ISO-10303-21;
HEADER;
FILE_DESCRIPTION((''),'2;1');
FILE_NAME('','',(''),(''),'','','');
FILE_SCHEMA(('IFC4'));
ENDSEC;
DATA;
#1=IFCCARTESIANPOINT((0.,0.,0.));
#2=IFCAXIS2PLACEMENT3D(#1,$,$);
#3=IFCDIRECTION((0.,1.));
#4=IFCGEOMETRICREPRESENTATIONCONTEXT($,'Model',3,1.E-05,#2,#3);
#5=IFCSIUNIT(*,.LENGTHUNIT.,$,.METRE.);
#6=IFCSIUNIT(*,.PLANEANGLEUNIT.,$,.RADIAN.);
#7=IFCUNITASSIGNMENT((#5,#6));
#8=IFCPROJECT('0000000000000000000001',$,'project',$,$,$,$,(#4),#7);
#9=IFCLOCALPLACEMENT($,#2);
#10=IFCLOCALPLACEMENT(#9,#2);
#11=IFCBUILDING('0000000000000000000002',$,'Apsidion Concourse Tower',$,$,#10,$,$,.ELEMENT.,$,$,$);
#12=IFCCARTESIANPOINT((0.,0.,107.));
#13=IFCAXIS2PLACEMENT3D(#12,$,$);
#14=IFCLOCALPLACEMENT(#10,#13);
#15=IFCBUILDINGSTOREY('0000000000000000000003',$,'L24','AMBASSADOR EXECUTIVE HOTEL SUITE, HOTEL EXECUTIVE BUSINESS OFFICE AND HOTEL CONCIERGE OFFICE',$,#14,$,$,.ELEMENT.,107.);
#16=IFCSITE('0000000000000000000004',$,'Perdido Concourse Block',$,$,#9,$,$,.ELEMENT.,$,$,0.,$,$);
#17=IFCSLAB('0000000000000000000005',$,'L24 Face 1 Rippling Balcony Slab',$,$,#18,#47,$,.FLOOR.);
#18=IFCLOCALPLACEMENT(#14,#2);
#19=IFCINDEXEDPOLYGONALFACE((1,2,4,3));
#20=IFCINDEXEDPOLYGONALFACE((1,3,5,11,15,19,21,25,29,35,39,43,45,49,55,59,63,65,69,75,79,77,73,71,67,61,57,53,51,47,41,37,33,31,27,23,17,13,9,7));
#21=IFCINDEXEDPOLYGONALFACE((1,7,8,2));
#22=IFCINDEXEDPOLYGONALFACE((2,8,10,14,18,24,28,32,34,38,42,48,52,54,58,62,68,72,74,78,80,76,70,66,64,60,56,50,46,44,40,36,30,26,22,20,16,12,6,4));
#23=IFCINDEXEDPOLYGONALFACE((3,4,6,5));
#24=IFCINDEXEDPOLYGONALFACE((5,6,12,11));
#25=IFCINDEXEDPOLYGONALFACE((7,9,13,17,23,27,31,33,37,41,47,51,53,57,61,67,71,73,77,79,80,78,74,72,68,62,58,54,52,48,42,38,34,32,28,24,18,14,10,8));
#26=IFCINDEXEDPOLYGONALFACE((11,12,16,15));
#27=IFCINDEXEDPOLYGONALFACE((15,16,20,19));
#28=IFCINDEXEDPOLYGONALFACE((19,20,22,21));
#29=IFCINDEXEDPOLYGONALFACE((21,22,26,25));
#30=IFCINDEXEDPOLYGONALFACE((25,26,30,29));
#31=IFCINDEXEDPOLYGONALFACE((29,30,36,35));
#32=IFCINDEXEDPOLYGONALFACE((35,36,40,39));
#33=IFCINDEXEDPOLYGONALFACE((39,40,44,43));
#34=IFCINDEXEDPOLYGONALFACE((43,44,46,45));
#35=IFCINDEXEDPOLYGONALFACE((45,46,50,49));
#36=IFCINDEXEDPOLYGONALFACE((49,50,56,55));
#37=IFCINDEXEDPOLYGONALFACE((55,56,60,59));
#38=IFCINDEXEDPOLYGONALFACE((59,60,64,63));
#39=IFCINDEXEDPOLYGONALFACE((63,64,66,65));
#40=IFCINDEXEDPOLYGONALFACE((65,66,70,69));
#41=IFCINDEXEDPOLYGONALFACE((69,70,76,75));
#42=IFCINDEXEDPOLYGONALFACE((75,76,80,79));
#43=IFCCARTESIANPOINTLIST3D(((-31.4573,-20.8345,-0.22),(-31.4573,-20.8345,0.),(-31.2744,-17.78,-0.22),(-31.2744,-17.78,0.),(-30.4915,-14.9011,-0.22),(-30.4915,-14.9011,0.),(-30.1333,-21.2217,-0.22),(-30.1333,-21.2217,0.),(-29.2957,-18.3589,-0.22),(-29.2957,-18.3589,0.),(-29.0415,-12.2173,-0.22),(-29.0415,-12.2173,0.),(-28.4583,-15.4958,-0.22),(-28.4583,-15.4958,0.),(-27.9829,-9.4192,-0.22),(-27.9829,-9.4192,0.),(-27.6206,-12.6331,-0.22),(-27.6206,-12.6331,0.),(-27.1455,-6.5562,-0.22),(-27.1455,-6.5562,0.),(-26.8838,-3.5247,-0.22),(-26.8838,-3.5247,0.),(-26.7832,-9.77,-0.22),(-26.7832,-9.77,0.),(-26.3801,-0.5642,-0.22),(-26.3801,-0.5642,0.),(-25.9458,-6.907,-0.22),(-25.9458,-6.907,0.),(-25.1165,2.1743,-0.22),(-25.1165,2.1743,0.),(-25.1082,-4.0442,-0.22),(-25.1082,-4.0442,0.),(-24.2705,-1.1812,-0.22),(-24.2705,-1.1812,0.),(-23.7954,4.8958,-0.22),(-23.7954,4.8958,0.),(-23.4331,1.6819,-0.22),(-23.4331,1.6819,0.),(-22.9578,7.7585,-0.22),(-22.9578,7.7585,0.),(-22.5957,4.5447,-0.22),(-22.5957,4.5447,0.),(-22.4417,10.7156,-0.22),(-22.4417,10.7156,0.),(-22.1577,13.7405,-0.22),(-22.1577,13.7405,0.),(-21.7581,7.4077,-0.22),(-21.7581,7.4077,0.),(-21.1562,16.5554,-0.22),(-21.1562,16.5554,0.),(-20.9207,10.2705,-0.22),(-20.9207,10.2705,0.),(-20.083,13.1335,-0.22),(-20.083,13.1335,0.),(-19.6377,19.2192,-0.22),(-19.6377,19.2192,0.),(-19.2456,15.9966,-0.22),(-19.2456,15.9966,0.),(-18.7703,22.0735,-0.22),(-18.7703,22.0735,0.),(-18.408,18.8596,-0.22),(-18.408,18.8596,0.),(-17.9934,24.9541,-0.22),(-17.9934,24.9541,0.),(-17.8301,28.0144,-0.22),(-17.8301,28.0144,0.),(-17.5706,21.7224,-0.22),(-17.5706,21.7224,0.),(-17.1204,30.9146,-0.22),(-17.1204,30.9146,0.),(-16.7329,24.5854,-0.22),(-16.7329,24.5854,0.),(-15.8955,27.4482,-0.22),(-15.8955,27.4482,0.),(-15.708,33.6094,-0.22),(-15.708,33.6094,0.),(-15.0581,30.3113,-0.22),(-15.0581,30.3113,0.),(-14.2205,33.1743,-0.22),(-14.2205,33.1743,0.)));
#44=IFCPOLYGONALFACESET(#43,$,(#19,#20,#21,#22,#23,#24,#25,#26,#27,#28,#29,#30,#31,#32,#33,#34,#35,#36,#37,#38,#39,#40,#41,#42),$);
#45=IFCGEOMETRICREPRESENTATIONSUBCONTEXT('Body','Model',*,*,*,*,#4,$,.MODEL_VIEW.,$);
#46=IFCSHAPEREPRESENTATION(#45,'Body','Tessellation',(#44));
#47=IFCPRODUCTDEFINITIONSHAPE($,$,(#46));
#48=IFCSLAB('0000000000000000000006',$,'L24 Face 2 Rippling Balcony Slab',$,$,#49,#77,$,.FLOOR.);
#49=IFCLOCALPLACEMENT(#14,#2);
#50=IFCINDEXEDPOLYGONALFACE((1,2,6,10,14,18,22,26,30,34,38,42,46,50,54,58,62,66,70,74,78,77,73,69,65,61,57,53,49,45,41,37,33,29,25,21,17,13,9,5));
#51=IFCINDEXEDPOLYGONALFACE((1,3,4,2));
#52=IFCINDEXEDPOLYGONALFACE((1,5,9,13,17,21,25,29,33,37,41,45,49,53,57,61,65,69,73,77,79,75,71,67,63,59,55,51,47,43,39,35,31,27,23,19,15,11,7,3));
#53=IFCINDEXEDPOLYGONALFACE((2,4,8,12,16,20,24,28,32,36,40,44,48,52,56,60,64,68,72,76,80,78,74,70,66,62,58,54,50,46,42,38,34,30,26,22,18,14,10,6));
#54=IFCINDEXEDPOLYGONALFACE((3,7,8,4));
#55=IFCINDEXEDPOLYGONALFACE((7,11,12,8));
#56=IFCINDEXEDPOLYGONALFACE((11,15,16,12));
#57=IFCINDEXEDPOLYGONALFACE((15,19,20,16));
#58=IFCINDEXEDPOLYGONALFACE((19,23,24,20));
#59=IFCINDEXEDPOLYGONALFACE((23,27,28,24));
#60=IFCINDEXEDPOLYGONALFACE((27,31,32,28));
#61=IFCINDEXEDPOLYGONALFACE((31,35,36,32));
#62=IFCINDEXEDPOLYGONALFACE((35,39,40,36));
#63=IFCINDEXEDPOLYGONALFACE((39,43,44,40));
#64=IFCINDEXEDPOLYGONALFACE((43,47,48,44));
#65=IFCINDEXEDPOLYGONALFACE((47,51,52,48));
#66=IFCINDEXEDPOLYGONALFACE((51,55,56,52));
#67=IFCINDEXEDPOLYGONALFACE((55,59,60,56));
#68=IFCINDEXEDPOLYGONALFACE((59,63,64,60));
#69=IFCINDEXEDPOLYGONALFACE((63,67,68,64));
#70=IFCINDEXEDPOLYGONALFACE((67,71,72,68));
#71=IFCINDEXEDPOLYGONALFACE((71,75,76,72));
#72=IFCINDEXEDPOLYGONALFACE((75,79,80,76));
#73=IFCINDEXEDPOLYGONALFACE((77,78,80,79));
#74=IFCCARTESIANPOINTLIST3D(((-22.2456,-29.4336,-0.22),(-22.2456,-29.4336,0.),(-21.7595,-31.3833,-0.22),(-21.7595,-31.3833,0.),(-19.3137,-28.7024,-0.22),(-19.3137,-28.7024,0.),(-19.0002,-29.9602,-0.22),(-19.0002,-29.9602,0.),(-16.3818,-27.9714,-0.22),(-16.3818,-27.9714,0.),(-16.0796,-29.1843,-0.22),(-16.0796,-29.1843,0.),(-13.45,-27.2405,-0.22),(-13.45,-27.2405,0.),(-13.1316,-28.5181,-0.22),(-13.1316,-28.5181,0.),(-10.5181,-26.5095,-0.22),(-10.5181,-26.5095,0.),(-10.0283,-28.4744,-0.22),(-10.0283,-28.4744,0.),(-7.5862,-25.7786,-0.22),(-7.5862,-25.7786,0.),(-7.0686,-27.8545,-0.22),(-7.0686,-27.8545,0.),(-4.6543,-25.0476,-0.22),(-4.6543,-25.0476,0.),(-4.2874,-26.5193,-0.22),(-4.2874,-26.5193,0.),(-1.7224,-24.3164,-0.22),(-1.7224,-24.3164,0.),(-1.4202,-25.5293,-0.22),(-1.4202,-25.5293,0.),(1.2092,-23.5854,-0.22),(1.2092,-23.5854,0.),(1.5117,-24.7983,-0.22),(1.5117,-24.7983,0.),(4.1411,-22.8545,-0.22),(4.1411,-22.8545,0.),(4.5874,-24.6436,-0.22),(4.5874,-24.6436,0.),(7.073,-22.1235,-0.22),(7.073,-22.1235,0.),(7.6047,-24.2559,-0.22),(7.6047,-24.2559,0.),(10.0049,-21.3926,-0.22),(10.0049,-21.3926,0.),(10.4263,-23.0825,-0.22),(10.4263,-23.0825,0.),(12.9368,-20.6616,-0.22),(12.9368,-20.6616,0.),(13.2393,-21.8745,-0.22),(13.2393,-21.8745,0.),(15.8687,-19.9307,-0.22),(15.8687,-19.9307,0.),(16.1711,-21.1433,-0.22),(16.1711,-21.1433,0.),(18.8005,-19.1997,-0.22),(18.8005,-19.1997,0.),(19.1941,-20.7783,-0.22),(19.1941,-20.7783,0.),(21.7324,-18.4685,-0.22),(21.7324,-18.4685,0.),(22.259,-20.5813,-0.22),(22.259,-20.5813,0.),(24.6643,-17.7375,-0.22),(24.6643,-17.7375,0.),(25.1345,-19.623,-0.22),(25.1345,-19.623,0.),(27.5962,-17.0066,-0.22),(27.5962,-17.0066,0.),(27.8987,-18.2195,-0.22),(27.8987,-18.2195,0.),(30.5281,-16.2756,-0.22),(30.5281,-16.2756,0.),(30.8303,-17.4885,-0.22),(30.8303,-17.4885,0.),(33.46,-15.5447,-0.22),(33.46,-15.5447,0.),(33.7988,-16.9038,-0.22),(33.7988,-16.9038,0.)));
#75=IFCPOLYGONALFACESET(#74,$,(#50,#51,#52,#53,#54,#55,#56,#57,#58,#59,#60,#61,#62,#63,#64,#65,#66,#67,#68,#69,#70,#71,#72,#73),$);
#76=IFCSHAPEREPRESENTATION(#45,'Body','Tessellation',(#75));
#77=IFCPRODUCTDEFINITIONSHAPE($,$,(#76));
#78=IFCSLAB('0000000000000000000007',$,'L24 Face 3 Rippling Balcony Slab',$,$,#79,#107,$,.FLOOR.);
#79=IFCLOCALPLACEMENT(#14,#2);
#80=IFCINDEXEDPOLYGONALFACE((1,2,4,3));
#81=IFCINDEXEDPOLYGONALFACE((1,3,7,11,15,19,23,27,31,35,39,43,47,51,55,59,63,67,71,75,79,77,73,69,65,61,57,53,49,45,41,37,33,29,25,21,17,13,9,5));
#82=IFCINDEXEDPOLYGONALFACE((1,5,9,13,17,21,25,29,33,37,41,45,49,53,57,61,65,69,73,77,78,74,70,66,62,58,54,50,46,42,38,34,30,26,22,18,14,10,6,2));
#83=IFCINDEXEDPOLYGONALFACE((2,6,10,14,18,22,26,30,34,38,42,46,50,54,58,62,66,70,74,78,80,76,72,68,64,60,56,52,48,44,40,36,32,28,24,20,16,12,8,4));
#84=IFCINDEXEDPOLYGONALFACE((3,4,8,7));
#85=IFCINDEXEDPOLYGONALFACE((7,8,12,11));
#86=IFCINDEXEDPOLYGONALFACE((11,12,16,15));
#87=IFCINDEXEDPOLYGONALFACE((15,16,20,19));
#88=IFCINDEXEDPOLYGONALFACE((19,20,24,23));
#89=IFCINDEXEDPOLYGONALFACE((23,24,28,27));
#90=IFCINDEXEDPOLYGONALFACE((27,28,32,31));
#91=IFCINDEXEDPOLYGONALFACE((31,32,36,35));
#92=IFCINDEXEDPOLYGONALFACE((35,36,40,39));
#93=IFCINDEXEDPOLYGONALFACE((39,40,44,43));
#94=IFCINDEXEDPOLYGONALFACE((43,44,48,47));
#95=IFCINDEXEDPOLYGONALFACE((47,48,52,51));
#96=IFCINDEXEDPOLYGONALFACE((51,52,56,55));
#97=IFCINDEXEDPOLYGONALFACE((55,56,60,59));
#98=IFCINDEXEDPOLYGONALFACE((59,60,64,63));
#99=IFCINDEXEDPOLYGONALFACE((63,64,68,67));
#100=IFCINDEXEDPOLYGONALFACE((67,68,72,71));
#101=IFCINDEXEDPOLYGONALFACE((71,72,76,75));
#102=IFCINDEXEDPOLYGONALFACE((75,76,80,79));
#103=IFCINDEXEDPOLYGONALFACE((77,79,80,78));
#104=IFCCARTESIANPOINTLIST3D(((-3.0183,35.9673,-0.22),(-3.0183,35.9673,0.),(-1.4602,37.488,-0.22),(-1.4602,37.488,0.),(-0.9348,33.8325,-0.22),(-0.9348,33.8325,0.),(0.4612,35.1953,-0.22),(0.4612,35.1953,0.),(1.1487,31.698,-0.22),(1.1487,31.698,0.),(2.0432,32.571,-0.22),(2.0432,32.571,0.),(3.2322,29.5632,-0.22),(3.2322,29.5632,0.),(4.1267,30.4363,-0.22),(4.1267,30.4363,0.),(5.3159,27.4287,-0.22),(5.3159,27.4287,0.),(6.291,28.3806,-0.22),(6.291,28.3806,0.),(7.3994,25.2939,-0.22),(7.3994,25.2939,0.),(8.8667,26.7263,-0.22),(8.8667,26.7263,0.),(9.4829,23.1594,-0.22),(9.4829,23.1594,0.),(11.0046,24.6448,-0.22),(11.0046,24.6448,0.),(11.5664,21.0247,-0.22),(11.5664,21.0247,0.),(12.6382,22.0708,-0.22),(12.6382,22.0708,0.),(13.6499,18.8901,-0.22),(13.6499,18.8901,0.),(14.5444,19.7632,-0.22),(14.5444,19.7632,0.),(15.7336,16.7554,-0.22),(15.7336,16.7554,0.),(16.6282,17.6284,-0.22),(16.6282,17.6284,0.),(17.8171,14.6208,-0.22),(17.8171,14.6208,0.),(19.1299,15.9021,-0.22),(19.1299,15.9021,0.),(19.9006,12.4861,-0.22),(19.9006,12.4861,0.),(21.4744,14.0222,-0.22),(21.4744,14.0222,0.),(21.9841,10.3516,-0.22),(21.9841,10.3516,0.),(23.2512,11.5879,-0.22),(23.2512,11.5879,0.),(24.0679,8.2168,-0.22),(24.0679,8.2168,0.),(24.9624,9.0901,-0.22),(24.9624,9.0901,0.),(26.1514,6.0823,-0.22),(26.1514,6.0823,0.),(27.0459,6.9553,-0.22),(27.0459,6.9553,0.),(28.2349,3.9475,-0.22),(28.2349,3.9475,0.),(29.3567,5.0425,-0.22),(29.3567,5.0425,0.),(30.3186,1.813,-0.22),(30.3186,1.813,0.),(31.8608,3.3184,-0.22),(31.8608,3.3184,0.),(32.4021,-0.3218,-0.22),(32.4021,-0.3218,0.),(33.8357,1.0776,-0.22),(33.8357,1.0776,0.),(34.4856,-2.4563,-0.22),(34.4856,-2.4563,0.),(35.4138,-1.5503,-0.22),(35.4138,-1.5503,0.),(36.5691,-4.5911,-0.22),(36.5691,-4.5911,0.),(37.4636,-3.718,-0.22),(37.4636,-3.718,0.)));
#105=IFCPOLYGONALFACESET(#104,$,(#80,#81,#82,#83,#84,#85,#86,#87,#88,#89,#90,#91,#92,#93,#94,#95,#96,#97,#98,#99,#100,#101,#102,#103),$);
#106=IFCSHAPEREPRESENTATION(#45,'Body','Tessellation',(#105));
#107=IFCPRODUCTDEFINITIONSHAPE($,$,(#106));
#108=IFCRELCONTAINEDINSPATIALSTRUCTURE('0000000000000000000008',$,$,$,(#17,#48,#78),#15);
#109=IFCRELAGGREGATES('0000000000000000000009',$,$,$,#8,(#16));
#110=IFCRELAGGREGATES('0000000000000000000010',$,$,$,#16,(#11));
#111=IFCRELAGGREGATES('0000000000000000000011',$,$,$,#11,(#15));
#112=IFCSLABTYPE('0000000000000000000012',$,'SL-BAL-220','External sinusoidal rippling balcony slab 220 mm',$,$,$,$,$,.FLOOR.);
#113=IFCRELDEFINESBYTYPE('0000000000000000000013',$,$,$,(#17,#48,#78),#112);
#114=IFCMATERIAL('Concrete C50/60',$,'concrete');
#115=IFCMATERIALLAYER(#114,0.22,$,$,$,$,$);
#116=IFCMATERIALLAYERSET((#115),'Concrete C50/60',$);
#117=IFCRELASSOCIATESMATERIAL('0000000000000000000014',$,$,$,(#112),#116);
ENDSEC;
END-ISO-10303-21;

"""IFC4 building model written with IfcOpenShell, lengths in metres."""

from ifc_helpers import new_model, si_unit, direction, frame, origin, place, context, subcontext, project, spatial, polyline, outline, extrude, material, layer, layer_set, type_object, element, save


model = new_model("IFC4")

# Units and contexts
model_context = context("Model", 3, precision=1e-05, world=origin(), true_north=direction((0.0, 1.0)))
body_context = subcontext(model_context, "Body", "Model", "MODEL_VIEW")
ifc_project = project(units=[si_unit("LENGTHUNIT", "METRE"), si_unit("PLANEANGLEUNIT", "RADIAN")], contexts=[model_context])

# Site, building, storey
site_placement = place(None, origin())
site = spatial("IfcSite", under=ifc_project, at=site_placement, Name="Perdido Concourse Block", CompositionType="ELEMENT", RefElevation=0.0)
building_placement = place(site_placement, origin())
building = spatial("IfcBuilding", under=site, at=building_placement, Name="Apsidion Concourse Tower", CompositionType="ELEMENT")
storey_placement = place(building_placement, frame((0.0, 0.0, 107.0)))
storey = spatial("IfcBuildingStorey", under=building, at=storey_placement, Name="L24", Description="AMBASSADOR EXECUTIVE HOTEL SUITE, HOTEL EXECUTIVE BUSINESS OFFICE AND HOTEL CONCIERGE OFFICE", CompositionType="ELEMENT", Elevation=107.0)

# Shared definitions
ifc_material_1 = material(Name="Concrete C50/60", Category="concrete")

# Slabs
ifc_layer_1 = layer(ifc_material_1, 0.22)
ifc_layer_set_1 = layer_set([ifc_layer_1], Name="Concrete C50/60")
slab_type_1 = type_object("IfcSlabType", Name="SL-BAL-220", Description="External sinusoidal rippling balcony slab 220 mm", PredefinedType="FLOOR", material=ifc_layer_set_1)
slab_1_placement = place(storey_placement, frame((0.0, 0.0, -0.22)))
element("IfcSlab", 1, at=slab_1_placement, inside=storey, type_object=slab_type_1, Name="L24 Face 1 Rippling Balcony Slab", PredefinedType="FLOOR", context=body_context, shape_type="SweptSolid", body=[
    extrude(outline(polyline([(-14.2205, 33.1743), (-15.0581, 30.3113), (-15.8955, 27.4482), (-16.7329, 24.5854), (-17.5706, 21.7224), (-18.408, 18.8596), (-19.2456, 15.9966), (-20.083, 13.1335), (-20.9207, 10.2705), (-21.7581, 7.4077), (-22.5957, 4.5447), (-23.4331, 1.6819), (-24.2705, -1.1812), (-25.1082, -4.0442), (-25.9458, -6.907), (-26.7832, -9.77), (-27.6206, -12.6331), (-28.4583, -15.4958), (-29.2957, -18.3589), (-30.1333, -21.2217), (-31.4573, -20.8345), (-31.2744, -17.78), (-30.4915, -14.9011), (-29.0415, -12.2173), (-27.9829, -9.4192), (-27.1455, -6.5562), (-26.8838, -3.5247), (-26.3801, -0.5642), (-25.1165, 2.1743), (-23.7954, 4.8958), (-22.9578, 7.7585), (-22.4417, 10.7156), (-22.1577, 13.7405), (-21.1562, 16.5554), (-19.6377, 19.2192), (-18.7703, 22.0735), (-17.9934, 24.9541), (-17.8301, 28.0144), (-17.1204, 30.9146), (-15.708, 33.6094), (-14.2205, 33.1743)])), origin(), (0.0, 0.0, 1.0), 0.22),
])
slab_2_placement = place(storey_placement, frame((0.0, 0.0, -0.22)))
element("IfcSlab", 2, at=slab_2_placement, inside=storey, type_object=slab_type_1, Name="L24 Face 2 Rippling Balcony Slab", PredefinedType="FLOOR", context=body_context, shape_type="SweptSolid", body=[
    extrude(outline(polyline([(-22.2456, -29.4336), (-19.3137, -28.7024), (-16.3818, -27.9714), (-13.45, -27.2405), (-10.5181, -26.5095), (-7.5862, -25.7786), (-4.6543, -25.0476), (-1.7224, -24.3164), (1.2092, -23.5854), (4.1411, -22.8545), (7.073, -22.1235), (10.0049, -21.3926), (12.9368, -20.6616), (15.8687, -19.9307), (18.8005, -19.1997), (21.7324, -18.4685), (24.6643, -17.7375), (27.5962, -17.0066), (30.5281, -16.2756), (33.46, -15.5447), (33.7988, -16.9038), (30.8303, -17.4885), (27.8987, -18.2195), (25.1345, -19.623), (22.259, -20.5813), (19.1941, -20.7783), (16.1711, -21.1433), (13.2393, -21.8745), (10.4263, -23.0825), (7.6047, -24.2559), (4.5874, -24.6436), (1.5117, -24.7983), (-1.4202, -25.5293), (-4.2874, -26.5193), (-7.0686, -27.8545), (-10.0283, -28.4744), (-13.1316, -28.5181), (-16.0796, -29.1843), (-19.0002, -29.9602), (-21.7595, -31.3833), (-22.2456, -29.4336)])), origin(), (0.0, 0.0, 1.0), 0.22),
])
slab_3_placement = place(storey_placement, frame((0.0, 0.0, -0.22)))
element("IfcSlab", 3, at=slab_3_placement, inside=storey, type_object=slab_type_1, Name="L24 Face 3 Rippling Balcony Slab", PredefinedType="FLOOR", context=body_context, shape_type="SweptSolid", body=[
    extrude(outline(polyline([(36.5691, -4.5911), (34.4856, -2.4563), (32.4021, -0.3218), (30.3186, 1.813), (28.2349, 3.9475), (26.1514, 6.0823), (24.0679, 8.2168), (21.9841, 10.3516), (19.9006, 12.4861), (17.8171, 14.6208), (15.7336, 16.7554), (13.6499, 18.8901), (11.5664, 21.0247), (9.4829, 23.1594), (7.3994, 25.2939), (5.3159, 27.4287), (3.2322, 29.5632), (1.1487, 31.698), (-0.9348, 33.8325), (-3.0183, 35.9673), (-1.4602, 37.488), (0.4612, 35.1953), (2.0432, 32.571), (4.1267, 30.4363), (6.291, 28.3806), (8.8667, 26.7263), (11.0046, 24.6448), (12.6382, 22.0708), (14.5444, 19.7632), (16.6282, 17.6284), (19.1299, 15.9021), (21.4744, 14.0222), (23.2512, 11.5879), (24.9624, 9.0901), (27.0459, 6.9553), (29.3567, 5.0425), (31.8608, 3.3184), (33.8357, 1.0776), (35.4138, -1.5503), (37.4636, -3.718), (36.5691, -4.5911)])), origin(), (0.0, 0.0, 1.0), 0.22),
])

save(model, "model.ifc")
